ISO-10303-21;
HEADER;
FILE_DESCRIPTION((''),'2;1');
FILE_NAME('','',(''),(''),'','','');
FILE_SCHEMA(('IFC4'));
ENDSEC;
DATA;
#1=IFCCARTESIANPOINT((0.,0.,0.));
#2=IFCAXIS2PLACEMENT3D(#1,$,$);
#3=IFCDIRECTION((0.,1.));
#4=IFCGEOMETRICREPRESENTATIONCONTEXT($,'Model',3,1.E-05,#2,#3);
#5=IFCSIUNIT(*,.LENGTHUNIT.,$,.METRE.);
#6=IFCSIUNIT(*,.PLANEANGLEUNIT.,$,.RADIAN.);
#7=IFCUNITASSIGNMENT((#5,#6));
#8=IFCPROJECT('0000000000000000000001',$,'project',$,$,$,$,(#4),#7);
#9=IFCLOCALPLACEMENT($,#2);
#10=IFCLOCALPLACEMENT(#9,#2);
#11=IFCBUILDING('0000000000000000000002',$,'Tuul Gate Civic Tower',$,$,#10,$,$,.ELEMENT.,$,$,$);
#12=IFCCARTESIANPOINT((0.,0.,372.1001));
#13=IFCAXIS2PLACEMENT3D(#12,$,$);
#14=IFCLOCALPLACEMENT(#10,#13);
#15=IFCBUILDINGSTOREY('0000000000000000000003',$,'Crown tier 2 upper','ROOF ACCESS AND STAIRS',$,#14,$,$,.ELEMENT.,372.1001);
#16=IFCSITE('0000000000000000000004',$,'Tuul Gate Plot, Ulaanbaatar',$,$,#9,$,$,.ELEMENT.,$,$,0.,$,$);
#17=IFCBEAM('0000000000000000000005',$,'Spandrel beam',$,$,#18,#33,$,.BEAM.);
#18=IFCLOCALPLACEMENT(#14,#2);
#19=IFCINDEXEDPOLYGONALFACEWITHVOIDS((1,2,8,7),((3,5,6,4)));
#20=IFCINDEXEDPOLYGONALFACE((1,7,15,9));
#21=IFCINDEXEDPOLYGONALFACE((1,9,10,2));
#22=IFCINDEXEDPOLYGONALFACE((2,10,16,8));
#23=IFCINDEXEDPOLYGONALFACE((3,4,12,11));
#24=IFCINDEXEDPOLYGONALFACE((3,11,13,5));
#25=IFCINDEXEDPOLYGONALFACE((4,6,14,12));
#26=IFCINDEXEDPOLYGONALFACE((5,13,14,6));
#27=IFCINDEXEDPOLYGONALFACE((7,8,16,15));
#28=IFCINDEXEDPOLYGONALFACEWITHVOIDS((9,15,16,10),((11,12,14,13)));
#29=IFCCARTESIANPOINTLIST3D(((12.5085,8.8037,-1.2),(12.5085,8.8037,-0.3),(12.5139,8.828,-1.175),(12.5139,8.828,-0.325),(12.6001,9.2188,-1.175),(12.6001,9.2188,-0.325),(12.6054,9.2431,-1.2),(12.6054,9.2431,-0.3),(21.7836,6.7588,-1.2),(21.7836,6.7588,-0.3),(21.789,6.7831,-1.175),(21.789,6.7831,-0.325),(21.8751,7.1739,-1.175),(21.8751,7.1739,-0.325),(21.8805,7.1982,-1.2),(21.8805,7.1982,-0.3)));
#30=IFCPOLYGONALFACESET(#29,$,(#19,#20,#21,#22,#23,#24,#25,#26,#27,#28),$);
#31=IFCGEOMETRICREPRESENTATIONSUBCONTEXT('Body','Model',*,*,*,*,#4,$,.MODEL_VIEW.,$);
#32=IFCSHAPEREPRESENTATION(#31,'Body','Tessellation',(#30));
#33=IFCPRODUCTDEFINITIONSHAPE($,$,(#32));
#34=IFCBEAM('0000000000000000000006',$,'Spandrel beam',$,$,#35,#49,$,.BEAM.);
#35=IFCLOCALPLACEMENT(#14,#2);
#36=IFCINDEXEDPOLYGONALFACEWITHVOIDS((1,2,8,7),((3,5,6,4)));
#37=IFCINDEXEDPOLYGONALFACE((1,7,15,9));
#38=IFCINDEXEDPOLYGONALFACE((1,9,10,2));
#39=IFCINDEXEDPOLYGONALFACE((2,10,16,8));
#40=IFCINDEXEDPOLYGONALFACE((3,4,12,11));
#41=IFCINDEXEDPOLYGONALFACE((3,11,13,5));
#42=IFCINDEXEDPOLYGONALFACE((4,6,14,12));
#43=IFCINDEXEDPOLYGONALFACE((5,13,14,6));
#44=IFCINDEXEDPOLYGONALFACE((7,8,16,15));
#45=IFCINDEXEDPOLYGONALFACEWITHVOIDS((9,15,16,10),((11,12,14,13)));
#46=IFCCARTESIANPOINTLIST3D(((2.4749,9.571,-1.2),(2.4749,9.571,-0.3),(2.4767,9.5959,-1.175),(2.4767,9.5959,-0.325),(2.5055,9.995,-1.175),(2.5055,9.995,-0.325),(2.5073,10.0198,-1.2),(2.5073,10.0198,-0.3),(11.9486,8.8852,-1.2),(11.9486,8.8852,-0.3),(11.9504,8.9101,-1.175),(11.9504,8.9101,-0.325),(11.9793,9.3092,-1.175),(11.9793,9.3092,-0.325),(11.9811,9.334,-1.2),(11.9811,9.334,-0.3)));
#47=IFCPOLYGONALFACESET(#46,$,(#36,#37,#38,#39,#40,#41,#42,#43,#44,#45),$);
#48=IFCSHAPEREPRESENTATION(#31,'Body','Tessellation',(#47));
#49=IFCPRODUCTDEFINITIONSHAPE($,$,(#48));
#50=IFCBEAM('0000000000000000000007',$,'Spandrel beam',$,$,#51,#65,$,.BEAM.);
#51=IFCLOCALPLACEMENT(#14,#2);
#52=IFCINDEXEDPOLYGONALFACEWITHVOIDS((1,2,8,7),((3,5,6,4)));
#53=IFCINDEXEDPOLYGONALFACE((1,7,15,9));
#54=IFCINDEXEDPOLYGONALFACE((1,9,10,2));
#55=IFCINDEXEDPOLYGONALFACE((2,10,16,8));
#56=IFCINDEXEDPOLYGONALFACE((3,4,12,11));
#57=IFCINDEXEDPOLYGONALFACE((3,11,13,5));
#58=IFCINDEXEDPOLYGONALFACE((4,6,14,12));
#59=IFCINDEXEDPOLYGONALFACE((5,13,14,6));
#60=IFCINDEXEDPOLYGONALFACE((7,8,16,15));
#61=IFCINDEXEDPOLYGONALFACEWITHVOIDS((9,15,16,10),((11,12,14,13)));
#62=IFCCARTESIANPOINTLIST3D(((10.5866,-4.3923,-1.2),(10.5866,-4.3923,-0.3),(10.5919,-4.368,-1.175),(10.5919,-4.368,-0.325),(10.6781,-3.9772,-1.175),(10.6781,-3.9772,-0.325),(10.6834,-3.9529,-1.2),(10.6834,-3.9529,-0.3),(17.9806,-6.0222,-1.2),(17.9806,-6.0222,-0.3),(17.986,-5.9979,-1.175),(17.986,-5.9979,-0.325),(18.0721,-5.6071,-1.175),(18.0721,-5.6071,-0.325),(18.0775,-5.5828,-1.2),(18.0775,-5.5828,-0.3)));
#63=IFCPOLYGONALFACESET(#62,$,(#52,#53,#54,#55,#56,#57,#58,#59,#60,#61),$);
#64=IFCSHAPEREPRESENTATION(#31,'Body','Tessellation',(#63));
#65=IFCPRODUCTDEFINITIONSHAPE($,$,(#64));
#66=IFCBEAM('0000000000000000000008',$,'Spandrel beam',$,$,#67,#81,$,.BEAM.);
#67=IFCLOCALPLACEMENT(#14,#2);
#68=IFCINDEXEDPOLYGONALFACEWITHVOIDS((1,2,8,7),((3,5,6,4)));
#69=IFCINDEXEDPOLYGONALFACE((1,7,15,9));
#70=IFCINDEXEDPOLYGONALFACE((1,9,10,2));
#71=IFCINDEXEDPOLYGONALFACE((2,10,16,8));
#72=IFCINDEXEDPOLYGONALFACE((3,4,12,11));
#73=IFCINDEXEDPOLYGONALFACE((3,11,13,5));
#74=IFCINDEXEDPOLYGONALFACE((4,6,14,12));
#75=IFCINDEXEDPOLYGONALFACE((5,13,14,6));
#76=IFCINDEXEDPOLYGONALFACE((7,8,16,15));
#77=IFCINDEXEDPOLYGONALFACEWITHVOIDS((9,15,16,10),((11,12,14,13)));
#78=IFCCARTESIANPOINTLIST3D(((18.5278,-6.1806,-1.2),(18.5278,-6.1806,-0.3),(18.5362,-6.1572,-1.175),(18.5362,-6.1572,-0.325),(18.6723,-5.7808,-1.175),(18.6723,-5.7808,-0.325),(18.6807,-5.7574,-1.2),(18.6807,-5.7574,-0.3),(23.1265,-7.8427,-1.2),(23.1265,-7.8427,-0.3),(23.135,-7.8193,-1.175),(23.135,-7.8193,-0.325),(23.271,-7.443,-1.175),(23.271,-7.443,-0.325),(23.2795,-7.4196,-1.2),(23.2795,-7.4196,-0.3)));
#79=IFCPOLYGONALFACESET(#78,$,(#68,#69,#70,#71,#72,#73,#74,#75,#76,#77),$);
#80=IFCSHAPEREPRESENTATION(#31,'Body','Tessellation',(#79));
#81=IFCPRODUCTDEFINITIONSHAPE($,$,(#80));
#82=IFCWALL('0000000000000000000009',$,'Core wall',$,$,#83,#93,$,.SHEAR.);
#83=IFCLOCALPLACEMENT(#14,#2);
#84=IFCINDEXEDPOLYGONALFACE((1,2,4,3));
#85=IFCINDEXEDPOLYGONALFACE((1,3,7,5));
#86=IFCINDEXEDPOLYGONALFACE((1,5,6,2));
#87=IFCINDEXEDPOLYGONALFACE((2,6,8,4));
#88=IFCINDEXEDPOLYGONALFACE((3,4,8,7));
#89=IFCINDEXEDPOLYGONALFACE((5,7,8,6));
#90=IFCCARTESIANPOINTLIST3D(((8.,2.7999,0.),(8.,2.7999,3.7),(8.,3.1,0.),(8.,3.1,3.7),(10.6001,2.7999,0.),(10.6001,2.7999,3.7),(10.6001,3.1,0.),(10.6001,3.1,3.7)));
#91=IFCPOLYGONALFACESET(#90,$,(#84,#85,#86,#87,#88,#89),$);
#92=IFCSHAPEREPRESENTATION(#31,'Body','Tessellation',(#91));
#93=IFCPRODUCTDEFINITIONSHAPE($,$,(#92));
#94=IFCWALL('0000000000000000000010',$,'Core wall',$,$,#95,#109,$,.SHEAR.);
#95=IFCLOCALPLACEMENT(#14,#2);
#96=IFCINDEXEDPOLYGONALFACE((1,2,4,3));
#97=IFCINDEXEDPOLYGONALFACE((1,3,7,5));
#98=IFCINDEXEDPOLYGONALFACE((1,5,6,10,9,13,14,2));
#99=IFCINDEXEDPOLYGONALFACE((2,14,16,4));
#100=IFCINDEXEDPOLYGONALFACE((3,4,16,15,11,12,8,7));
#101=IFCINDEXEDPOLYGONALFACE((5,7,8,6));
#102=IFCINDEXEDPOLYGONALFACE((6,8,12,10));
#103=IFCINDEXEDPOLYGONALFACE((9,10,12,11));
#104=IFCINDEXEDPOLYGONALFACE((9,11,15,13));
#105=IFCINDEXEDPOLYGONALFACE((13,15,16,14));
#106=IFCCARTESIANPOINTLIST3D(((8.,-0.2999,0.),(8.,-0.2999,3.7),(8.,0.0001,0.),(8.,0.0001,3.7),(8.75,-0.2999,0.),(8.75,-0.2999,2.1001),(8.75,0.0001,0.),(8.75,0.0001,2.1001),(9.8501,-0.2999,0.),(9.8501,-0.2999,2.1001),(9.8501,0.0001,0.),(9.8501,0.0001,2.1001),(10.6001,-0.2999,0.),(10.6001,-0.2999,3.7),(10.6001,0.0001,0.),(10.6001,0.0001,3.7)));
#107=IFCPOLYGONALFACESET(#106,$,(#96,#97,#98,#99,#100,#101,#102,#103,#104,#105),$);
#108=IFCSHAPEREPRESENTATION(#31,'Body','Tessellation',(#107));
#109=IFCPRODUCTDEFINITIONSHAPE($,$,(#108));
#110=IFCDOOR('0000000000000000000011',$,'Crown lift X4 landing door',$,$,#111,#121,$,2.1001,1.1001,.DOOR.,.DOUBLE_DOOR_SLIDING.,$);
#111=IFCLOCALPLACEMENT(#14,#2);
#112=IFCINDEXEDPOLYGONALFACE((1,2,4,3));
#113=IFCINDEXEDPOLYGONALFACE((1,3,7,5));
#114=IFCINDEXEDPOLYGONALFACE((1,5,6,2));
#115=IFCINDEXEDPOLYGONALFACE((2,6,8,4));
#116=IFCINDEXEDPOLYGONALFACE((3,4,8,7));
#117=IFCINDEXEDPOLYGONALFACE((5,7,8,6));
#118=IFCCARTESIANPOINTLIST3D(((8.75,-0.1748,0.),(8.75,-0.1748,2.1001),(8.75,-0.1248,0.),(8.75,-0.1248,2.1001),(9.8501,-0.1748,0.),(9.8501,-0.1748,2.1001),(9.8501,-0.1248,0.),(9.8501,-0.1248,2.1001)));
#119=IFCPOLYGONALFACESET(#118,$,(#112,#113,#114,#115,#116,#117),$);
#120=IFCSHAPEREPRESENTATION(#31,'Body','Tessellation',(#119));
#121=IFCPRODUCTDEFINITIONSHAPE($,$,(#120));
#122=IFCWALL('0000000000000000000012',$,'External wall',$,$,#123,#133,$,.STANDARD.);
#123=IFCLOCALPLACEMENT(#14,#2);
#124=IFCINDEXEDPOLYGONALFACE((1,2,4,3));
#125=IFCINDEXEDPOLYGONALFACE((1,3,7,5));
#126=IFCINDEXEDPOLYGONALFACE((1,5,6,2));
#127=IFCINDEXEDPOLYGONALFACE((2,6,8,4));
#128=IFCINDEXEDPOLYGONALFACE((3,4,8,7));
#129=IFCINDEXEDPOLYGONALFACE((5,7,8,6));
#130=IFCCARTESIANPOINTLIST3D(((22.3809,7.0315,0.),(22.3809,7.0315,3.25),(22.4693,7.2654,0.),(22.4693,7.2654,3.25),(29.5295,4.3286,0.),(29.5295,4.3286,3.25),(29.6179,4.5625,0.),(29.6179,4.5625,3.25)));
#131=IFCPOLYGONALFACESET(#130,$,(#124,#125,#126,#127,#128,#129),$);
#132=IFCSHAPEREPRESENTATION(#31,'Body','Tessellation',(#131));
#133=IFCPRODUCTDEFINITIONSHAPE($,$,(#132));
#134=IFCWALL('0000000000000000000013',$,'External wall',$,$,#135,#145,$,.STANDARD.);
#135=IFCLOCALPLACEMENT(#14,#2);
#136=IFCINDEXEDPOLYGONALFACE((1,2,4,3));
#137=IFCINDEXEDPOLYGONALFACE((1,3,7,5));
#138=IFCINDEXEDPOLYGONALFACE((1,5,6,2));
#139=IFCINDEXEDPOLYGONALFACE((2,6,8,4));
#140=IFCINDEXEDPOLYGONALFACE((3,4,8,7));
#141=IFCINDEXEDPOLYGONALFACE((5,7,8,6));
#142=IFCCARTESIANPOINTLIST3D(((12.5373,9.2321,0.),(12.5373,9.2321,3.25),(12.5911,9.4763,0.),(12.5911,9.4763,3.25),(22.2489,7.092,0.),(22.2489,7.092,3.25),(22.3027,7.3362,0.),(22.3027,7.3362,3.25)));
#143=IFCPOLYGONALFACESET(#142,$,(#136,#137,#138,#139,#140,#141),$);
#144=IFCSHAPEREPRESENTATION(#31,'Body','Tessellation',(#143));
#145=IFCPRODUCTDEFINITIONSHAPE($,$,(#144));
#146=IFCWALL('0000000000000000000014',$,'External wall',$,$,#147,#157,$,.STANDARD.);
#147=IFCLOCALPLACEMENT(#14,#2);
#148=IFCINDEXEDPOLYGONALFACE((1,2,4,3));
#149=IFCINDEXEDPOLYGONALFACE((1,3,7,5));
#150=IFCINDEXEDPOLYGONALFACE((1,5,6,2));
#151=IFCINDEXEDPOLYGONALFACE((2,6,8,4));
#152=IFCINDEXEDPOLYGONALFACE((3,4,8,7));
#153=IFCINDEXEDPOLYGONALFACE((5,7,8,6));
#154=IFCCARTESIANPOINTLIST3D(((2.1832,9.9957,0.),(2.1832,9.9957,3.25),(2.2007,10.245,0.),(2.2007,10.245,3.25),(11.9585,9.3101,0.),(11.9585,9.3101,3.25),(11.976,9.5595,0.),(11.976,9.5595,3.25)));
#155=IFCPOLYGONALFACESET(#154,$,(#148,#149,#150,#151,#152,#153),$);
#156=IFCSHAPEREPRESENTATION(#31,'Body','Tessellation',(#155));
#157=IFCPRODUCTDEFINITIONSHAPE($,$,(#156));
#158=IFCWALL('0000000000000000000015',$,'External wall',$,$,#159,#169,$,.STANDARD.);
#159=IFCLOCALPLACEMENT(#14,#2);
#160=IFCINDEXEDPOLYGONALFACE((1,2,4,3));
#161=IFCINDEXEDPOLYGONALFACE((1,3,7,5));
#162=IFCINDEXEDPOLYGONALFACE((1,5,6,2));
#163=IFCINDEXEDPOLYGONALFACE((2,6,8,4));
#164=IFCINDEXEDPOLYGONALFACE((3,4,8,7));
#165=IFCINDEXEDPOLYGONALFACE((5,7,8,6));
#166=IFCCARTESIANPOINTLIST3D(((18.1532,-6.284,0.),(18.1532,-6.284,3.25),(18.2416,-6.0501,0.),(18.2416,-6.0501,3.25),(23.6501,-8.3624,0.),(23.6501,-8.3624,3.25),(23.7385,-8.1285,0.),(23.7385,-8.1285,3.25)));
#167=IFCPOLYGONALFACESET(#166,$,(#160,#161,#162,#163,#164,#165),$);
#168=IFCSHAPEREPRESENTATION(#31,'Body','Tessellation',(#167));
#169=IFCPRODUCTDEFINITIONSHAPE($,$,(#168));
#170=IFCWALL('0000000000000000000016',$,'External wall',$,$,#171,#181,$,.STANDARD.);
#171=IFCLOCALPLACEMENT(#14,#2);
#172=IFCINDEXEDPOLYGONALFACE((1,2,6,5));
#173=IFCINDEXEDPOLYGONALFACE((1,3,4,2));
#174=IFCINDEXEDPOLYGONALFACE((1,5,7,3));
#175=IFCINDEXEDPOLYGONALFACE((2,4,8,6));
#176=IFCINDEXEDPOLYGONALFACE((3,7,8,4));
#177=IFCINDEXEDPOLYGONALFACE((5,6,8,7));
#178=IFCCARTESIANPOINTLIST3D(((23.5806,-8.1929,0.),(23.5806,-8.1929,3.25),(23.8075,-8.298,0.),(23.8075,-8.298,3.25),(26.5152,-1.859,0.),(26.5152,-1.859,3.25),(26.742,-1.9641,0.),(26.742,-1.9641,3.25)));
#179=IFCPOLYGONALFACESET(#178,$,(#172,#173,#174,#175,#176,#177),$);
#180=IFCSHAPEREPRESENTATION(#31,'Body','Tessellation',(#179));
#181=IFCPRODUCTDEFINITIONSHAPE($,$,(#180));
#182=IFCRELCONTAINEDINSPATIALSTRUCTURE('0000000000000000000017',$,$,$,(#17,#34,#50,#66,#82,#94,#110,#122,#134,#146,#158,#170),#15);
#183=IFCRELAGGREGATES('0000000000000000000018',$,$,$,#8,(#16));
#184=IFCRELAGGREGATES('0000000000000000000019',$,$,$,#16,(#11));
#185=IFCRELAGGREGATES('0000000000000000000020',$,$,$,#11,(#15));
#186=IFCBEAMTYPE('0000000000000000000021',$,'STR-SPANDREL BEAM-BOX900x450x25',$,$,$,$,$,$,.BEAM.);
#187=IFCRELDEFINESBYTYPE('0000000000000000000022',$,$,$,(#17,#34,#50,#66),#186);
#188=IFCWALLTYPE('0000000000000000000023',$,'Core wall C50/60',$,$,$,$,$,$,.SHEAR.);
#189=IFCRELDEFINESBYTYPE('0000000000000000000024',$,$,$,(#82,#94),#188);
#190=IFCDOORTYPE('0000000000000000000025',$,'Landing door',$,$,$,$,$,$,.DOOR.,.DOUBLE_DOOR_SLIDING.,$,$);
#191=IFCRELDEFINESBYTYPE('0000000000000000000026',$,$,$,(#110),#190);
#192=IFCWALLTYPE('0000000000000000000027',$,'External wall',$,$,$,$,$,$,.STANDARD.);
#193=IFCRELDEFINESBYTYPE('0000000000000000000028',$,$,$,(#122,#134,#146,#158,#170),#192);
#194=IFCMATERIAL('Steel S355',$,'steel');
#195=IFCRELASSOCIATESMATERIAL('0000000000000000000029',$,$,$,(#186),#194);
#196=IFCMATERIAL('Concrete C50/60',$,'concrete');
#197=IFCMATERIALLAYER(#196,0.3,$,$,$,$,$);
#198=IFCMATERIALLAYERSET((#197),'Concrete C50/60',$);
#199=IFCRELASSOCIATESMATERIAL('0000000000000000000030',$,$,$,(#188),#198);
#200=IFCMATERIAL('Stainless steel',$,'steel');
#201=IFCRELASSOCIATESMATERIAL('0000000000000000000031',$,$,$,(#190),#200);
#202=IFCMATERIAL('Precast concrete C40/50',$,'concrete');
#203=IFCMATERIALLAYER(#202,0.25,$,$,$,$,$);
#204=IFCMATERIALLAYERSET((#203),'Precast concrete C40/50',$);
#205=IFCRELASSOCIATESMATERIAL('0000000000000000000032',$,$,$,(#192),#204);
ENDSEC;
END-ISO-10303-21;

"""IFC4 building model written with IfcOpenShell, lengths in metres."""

from ifc_helpers import new_model, si_unit, direction, frame, frame_2d, origin, origin_2d, place, context, subcontext, project, spatial, rectangle, hollow_rectangle, extrude, material, layer, layer_set, material_profile, profile_set, type_object, element, fill, save


model = new_model("IFC4")

# Units and contexts
model_context = context("Model", 3, precision=1e-05, world=origin(), true_north=direction((0.0, 1.0)))
body_context = subcontext(model_context, "Body", "Model", "MODEL_VIEW")
ifc_project = project(units=[si_unit("LENGTHUNIT", "METRE"), si_unit("PLANEANGLEUNIT", "RADIAN")], contexts=[model_context])

# Site, building, storey
site_placement = place(None, origin())
site = spatial("IfcSite", under=ifc_project, at=site_placement, Name="Tuul Gate Plot, Ulaanbaatar", CompositionType="ELEMENT", RefElevation=0.0)
building_placement = place(site_placement, origin())
building = spatial("IfcBuilding", under=site, at=building_placement, Name="Tuul Gate Civic Tower", CompositionType="ELEMENT")
storey_placement = place(building_placement, frame((0.0, 0.0, 372.1001)))
storey = spatial("IfcBuildingStorey", under=building, at=storey_placement, Name="Crown tier 2 upper", Description="ROOF ACCESS AND STAIRS", CompositionType="ELEMENT", Elevation=372.1001)

# Beams
ifc_material_1 = material(Name="Steel S355", Category="steel")
ifc_material_profile_1 = material_profile(ifc_material_1, hollow_rectangle(XDim=0.45, YDim=0.8999, WallThickness=0.0249, at=origin_2d()), Name="BOX900x450x25")
ifc_profile_set_1 = profile_set([ifc_material_profile_1], Name="Steel S355")
beam_type_1 = type_object("IfcBeamType", Name="STR-SPANDREL BEAM-BOX900x450x25", PredefinedType="BEAM", material=ifc_profile_set_1)
beam_1_placement = place(storey_placement, frame((21.832, 6.9785, -0.75), z_axis=(-0.976547, 0.215303, 0.0), x_axis=(-0.215303, -0.976547, 0.0)))
element("IfcBeam", 1, at=beam_1_placement, inside=storey, type_object=beam_type_1, Name="Spandrel beam", PredefinedType="BEAM", context=body_context, shape_type="SweptSolid", body=[
    extrude(hollow_rectangle(XDim=0.45, YDim=0.8999, WallThickness=0.0249, at=origin_2d()), origin(), (0.0, 0.0, 1.0), 9.4978),
])
beam_2_placement = place(storey_placement, frame((11.9648, 9.1096, -0.75), z_axis=(-0.99739, 0.072201, 0.0), x_axis=(-0.072201, -0.99739, 0.0)))
element("IfcBeam", 2, at=beam_2_placement, inside=storey, type_object=beam_type_1, Name="Spandrel beam", PredefinedType="BEAM", context=body_context, shape_type="SweptSolid", body=[
    extrude(hollow_rectangle(XDim=0.45, YDim=0.8999, WallThickness=0.0249, at=origin_2d()), origin(), (0.0, 0.0, 1.0), 9.4985),
])
beam_3_placement = place(storey_placement, frame((10.635, -4.1726, -0.75), z_axis=(0.976556, -0.215264, 0.0), x_axis=(0.215264, 0.976556, 0.0)))
element("IfcBeam", 3, at=beam_3_placement, inside=storey, type_object=beam_type_1, Name="Spandrel beam", PredefinedType="BEAM", context=body_context, shape_type="SweptSolid", body=[
    extrude(hollow_rectangle(XDim=0.45, YDim=0.8999, WallThickness=0.0249, at=origin_2d()), origin(), (0.0, 0.0, 1.0), 7.5715),
])
beam_4_placement = place(storey_placement, frame((18.6042, -5.969, -0.75), z_axis=(0.940456, -0.339914, 0.0), x_axis=(0.339914, 0.940456, 0.0)))
element("IfcBeam", 4, at=beam_4_placement, inside=storey, type_object=beam_type_1, Name="Spandrel beam", PredefinedType="BEAM", context=body_context, shape_type="SweptSolid", body=[
    extrude(hollow_rectangle(XDim=0.45, YDim=0.8999, WallThickness=0.0249, at=origin_2d()), origin(), (0.0, 0.0, 1.0), 4.8899),
])

# Wall
ifc_material_2 = material(Name="Concrete C50/60", Category="concrete")
ifc_layer_1 = layer(ifc_material_2, 0.3)
ifc_layer_set_1 = layer_set([ifc_layer_1], Name="Concrete C50/60")
wall_type_1 = type_object("IfcWallType", Name="Core wall C50/60", PredefinedType="SHEAR", material=ifc_layer_set_1)
wall_1_placement = place(storey_placement, frame((10.6001, 2.95, 0.0), z_axis=(0.0, 0.0, 1.0), x_axis=(-1.0, 0.0, 0.0)))
element("IfcWall", 5, at=wall_1_placement, inside=storey, type_object=wall_type_1, Name="Core wall", PredefinedType="SHEAR", context=body_context, shape_type="SweptSolid", body=[
    extrude(rectangle(XDim=2.6001, YDim=0.3, at=frame_2d((1.3, 0.0))), origin(), (0.0, 0.0, 1.0), 3.7),
])

# Wall, opening, door
wall_2_placement = place(storey_placement, frame((10.6001, -0.1499, 0.0), z_axis=(0.0, 0.0, 1.0), x_axis=(-1.0, 0.0, 0.0)))
wall_2 = element("IfcWall", 6, at=wall_2_placement, inside=storey, type_object=wall_type_1, Name="Core wall", PredefinedType="SHEAR", context=body_context, shape_type="SweptSolid", body=[
    extrude(rectangle(XDim=2.6001, YDim=0.3, at=frame_2d((1.3, 0.0))), origin(), (0.0, 0.0, 1.0), 3.7),
])
opening_placement = place(wall_2_placement, frame((0.75, 0.0, 0.0)))
opening = element("IfcOpeningElement", 7, at=opening_placement, cuts=wall_2, PredefinedType="OPENING", context=body_context, shape_type="SweptSolid", body=[
    extrude(rectangle(XDim=1.1001, YDim=2.1001, at=frame_2d((0.55, 1.05))), frame((0.0, 0.1602, 0.0), z_axis=(0.0, -1.0, 0.0), x_axis=(1.0, 0.0, 0.0)), (0.0, 0.0, 1.0), 0.3201),
])
ifc_material_3 = material(Name="Stainless steel", Category="steel")
door_type = type_object("IfcDoorType", Name="Landing door", OperationType="DOUBLE_DOOR_SLIDING", PredefinedType="DOOR", material=ifc_material_3)
door_placement = place(opening_placement, origin())
door = element("IfcDoor", 8, at=door_placement, inside=storey, type_object=door_type, Name="Crown lift X4 landing door", OperationType="DOUBLE_DOOR_SLIDING", OverallHeight=2.1001, OverallWidth=1.1001, PredefinedType="DOOR", context=body_context, shape_type="SweptSolid", body=[
    extrude(rectangle(XDim=1.1001, YDim=2.1001, at=frame_2d((0.55, 1.05))), frame((0.0, 0.0249, 0.0), z_axis=(0.0, -1.0, 0.0), x_axis=(1.0, 0.0, 0.0)), (0.0, 0.0, 1.0), 0.05),
])
fill(opening, door)

# Walls
ifc_material_4 = material(Name="Precast concrete C40/50", Category="concrete")
ifc_layer_2 = layer(ifc_material_4, 0.25)
ifc_layer_set_2 = layer_set([ifc_layer_2], Name="Precast concrete C40/50")
wall_type_2 = type_object("IfcWallType", Name="External wall", PredefinedType="STANDARD", material=ifc_layer_set_2)
wall_3_placement = place(storey_placement, frame((29.5737, 4.4456, 0.0), z_axis=(0.0, 0.0, 1.0), x_axis=(-0.935374, 0.35366, 0.0)))
element("IfcWall", 9, at=wall_3_placement, inside=storey, type_object=wall_type_2, Name="External wall", PredefinedType="STANDARD", context=body_context, shape_type="SweptSolid", body=[
    extrude(rectangle(XDim=7.6426, YDim=0.25, at=frame_2d((3.8213, 0.0))), origin(), (0.0, 0.0, 1.0), 3.25),
])
wall_4_placement = place(storey_placement, frame((22.2756, 7.2141, 0.0), z_axis=(0.0, 0.0, 1.0), x_axis=(-0.976569, 0.215204, 0.0)))
element("IfcWall", 10, at=wall_4_placement, inside=storey, type_object=wall_type_2, Name="External wall", PredefinedType="STANDARD", context=body_context, shape_type="SweptSolid", body=[
    extrude(rectangle(XDim=9.9446, YDim=0.25, at=frame_2d((4.9722, 0.0))), origin(), (0.0, 0.0, 1.0), 3.25),
])
wall_5_placement = place(storey_placement, frame((11.9673, 9.4348, 0.0), z_axis=(0.0, 0.0, 1.0), x_axis=(-0.99755, 0.069958, 0.0)))
element("IfcWall", 11, at=wall_5_placement, inside=storey, type_object=wall_type_2, Name="External wall", PredefinedType="STANDARD", context=body_context, shape_type="SweptSolid", body=[
    extrude(rectangle(XDim=9.7993, YDim=0.25, at=frame_2d((4.8997, 0.0))), origin(), (0.0, 0.0, 1.0), 3.25),
])
wall_6_placement = place(storey_placement, frame((18.1973, -6.167, 0.0), z_axis=(0.0, 0.0, 1.0), x_axis=(0.935371, -0.353667, 0.0)))
element("IfcWall", 12, at=wall_6_placement, inside=storey, type_object=wall_type_2, Name="External wall", PredefinedType="STANDARD", context=body_context, shape_type="SweptSolid", body=[
    extrude(rectangle(XDim=5.8767, YDim=0.25, at=frame_2d((2.9385, 0.0))), origin(), (0.0, 0.0, 1.0), 3.25),
])
wall_7_placement = place(storey_placement, frame((23.6941, -8.2454, 0.0), z_axis=(0.0, 0.0, 1.0), x_axis=(0.42038, 0.907348, 0.0)))
element("IfcWall", 13, at=wall_7_placement, inside=storey, type_object=wall_type_2, Name="External wall", PredefinedType="STANDARD", context=body_context, shape_type="SweptSolid", body=[
    extrude(rectangle(XDim=6.9807, YDim=0.25, at=frame_2d((3.4902, 0.0))), origin(), (0.0, 0.0, 1.0), 3.25),
])

save(model, "model.ifc")
